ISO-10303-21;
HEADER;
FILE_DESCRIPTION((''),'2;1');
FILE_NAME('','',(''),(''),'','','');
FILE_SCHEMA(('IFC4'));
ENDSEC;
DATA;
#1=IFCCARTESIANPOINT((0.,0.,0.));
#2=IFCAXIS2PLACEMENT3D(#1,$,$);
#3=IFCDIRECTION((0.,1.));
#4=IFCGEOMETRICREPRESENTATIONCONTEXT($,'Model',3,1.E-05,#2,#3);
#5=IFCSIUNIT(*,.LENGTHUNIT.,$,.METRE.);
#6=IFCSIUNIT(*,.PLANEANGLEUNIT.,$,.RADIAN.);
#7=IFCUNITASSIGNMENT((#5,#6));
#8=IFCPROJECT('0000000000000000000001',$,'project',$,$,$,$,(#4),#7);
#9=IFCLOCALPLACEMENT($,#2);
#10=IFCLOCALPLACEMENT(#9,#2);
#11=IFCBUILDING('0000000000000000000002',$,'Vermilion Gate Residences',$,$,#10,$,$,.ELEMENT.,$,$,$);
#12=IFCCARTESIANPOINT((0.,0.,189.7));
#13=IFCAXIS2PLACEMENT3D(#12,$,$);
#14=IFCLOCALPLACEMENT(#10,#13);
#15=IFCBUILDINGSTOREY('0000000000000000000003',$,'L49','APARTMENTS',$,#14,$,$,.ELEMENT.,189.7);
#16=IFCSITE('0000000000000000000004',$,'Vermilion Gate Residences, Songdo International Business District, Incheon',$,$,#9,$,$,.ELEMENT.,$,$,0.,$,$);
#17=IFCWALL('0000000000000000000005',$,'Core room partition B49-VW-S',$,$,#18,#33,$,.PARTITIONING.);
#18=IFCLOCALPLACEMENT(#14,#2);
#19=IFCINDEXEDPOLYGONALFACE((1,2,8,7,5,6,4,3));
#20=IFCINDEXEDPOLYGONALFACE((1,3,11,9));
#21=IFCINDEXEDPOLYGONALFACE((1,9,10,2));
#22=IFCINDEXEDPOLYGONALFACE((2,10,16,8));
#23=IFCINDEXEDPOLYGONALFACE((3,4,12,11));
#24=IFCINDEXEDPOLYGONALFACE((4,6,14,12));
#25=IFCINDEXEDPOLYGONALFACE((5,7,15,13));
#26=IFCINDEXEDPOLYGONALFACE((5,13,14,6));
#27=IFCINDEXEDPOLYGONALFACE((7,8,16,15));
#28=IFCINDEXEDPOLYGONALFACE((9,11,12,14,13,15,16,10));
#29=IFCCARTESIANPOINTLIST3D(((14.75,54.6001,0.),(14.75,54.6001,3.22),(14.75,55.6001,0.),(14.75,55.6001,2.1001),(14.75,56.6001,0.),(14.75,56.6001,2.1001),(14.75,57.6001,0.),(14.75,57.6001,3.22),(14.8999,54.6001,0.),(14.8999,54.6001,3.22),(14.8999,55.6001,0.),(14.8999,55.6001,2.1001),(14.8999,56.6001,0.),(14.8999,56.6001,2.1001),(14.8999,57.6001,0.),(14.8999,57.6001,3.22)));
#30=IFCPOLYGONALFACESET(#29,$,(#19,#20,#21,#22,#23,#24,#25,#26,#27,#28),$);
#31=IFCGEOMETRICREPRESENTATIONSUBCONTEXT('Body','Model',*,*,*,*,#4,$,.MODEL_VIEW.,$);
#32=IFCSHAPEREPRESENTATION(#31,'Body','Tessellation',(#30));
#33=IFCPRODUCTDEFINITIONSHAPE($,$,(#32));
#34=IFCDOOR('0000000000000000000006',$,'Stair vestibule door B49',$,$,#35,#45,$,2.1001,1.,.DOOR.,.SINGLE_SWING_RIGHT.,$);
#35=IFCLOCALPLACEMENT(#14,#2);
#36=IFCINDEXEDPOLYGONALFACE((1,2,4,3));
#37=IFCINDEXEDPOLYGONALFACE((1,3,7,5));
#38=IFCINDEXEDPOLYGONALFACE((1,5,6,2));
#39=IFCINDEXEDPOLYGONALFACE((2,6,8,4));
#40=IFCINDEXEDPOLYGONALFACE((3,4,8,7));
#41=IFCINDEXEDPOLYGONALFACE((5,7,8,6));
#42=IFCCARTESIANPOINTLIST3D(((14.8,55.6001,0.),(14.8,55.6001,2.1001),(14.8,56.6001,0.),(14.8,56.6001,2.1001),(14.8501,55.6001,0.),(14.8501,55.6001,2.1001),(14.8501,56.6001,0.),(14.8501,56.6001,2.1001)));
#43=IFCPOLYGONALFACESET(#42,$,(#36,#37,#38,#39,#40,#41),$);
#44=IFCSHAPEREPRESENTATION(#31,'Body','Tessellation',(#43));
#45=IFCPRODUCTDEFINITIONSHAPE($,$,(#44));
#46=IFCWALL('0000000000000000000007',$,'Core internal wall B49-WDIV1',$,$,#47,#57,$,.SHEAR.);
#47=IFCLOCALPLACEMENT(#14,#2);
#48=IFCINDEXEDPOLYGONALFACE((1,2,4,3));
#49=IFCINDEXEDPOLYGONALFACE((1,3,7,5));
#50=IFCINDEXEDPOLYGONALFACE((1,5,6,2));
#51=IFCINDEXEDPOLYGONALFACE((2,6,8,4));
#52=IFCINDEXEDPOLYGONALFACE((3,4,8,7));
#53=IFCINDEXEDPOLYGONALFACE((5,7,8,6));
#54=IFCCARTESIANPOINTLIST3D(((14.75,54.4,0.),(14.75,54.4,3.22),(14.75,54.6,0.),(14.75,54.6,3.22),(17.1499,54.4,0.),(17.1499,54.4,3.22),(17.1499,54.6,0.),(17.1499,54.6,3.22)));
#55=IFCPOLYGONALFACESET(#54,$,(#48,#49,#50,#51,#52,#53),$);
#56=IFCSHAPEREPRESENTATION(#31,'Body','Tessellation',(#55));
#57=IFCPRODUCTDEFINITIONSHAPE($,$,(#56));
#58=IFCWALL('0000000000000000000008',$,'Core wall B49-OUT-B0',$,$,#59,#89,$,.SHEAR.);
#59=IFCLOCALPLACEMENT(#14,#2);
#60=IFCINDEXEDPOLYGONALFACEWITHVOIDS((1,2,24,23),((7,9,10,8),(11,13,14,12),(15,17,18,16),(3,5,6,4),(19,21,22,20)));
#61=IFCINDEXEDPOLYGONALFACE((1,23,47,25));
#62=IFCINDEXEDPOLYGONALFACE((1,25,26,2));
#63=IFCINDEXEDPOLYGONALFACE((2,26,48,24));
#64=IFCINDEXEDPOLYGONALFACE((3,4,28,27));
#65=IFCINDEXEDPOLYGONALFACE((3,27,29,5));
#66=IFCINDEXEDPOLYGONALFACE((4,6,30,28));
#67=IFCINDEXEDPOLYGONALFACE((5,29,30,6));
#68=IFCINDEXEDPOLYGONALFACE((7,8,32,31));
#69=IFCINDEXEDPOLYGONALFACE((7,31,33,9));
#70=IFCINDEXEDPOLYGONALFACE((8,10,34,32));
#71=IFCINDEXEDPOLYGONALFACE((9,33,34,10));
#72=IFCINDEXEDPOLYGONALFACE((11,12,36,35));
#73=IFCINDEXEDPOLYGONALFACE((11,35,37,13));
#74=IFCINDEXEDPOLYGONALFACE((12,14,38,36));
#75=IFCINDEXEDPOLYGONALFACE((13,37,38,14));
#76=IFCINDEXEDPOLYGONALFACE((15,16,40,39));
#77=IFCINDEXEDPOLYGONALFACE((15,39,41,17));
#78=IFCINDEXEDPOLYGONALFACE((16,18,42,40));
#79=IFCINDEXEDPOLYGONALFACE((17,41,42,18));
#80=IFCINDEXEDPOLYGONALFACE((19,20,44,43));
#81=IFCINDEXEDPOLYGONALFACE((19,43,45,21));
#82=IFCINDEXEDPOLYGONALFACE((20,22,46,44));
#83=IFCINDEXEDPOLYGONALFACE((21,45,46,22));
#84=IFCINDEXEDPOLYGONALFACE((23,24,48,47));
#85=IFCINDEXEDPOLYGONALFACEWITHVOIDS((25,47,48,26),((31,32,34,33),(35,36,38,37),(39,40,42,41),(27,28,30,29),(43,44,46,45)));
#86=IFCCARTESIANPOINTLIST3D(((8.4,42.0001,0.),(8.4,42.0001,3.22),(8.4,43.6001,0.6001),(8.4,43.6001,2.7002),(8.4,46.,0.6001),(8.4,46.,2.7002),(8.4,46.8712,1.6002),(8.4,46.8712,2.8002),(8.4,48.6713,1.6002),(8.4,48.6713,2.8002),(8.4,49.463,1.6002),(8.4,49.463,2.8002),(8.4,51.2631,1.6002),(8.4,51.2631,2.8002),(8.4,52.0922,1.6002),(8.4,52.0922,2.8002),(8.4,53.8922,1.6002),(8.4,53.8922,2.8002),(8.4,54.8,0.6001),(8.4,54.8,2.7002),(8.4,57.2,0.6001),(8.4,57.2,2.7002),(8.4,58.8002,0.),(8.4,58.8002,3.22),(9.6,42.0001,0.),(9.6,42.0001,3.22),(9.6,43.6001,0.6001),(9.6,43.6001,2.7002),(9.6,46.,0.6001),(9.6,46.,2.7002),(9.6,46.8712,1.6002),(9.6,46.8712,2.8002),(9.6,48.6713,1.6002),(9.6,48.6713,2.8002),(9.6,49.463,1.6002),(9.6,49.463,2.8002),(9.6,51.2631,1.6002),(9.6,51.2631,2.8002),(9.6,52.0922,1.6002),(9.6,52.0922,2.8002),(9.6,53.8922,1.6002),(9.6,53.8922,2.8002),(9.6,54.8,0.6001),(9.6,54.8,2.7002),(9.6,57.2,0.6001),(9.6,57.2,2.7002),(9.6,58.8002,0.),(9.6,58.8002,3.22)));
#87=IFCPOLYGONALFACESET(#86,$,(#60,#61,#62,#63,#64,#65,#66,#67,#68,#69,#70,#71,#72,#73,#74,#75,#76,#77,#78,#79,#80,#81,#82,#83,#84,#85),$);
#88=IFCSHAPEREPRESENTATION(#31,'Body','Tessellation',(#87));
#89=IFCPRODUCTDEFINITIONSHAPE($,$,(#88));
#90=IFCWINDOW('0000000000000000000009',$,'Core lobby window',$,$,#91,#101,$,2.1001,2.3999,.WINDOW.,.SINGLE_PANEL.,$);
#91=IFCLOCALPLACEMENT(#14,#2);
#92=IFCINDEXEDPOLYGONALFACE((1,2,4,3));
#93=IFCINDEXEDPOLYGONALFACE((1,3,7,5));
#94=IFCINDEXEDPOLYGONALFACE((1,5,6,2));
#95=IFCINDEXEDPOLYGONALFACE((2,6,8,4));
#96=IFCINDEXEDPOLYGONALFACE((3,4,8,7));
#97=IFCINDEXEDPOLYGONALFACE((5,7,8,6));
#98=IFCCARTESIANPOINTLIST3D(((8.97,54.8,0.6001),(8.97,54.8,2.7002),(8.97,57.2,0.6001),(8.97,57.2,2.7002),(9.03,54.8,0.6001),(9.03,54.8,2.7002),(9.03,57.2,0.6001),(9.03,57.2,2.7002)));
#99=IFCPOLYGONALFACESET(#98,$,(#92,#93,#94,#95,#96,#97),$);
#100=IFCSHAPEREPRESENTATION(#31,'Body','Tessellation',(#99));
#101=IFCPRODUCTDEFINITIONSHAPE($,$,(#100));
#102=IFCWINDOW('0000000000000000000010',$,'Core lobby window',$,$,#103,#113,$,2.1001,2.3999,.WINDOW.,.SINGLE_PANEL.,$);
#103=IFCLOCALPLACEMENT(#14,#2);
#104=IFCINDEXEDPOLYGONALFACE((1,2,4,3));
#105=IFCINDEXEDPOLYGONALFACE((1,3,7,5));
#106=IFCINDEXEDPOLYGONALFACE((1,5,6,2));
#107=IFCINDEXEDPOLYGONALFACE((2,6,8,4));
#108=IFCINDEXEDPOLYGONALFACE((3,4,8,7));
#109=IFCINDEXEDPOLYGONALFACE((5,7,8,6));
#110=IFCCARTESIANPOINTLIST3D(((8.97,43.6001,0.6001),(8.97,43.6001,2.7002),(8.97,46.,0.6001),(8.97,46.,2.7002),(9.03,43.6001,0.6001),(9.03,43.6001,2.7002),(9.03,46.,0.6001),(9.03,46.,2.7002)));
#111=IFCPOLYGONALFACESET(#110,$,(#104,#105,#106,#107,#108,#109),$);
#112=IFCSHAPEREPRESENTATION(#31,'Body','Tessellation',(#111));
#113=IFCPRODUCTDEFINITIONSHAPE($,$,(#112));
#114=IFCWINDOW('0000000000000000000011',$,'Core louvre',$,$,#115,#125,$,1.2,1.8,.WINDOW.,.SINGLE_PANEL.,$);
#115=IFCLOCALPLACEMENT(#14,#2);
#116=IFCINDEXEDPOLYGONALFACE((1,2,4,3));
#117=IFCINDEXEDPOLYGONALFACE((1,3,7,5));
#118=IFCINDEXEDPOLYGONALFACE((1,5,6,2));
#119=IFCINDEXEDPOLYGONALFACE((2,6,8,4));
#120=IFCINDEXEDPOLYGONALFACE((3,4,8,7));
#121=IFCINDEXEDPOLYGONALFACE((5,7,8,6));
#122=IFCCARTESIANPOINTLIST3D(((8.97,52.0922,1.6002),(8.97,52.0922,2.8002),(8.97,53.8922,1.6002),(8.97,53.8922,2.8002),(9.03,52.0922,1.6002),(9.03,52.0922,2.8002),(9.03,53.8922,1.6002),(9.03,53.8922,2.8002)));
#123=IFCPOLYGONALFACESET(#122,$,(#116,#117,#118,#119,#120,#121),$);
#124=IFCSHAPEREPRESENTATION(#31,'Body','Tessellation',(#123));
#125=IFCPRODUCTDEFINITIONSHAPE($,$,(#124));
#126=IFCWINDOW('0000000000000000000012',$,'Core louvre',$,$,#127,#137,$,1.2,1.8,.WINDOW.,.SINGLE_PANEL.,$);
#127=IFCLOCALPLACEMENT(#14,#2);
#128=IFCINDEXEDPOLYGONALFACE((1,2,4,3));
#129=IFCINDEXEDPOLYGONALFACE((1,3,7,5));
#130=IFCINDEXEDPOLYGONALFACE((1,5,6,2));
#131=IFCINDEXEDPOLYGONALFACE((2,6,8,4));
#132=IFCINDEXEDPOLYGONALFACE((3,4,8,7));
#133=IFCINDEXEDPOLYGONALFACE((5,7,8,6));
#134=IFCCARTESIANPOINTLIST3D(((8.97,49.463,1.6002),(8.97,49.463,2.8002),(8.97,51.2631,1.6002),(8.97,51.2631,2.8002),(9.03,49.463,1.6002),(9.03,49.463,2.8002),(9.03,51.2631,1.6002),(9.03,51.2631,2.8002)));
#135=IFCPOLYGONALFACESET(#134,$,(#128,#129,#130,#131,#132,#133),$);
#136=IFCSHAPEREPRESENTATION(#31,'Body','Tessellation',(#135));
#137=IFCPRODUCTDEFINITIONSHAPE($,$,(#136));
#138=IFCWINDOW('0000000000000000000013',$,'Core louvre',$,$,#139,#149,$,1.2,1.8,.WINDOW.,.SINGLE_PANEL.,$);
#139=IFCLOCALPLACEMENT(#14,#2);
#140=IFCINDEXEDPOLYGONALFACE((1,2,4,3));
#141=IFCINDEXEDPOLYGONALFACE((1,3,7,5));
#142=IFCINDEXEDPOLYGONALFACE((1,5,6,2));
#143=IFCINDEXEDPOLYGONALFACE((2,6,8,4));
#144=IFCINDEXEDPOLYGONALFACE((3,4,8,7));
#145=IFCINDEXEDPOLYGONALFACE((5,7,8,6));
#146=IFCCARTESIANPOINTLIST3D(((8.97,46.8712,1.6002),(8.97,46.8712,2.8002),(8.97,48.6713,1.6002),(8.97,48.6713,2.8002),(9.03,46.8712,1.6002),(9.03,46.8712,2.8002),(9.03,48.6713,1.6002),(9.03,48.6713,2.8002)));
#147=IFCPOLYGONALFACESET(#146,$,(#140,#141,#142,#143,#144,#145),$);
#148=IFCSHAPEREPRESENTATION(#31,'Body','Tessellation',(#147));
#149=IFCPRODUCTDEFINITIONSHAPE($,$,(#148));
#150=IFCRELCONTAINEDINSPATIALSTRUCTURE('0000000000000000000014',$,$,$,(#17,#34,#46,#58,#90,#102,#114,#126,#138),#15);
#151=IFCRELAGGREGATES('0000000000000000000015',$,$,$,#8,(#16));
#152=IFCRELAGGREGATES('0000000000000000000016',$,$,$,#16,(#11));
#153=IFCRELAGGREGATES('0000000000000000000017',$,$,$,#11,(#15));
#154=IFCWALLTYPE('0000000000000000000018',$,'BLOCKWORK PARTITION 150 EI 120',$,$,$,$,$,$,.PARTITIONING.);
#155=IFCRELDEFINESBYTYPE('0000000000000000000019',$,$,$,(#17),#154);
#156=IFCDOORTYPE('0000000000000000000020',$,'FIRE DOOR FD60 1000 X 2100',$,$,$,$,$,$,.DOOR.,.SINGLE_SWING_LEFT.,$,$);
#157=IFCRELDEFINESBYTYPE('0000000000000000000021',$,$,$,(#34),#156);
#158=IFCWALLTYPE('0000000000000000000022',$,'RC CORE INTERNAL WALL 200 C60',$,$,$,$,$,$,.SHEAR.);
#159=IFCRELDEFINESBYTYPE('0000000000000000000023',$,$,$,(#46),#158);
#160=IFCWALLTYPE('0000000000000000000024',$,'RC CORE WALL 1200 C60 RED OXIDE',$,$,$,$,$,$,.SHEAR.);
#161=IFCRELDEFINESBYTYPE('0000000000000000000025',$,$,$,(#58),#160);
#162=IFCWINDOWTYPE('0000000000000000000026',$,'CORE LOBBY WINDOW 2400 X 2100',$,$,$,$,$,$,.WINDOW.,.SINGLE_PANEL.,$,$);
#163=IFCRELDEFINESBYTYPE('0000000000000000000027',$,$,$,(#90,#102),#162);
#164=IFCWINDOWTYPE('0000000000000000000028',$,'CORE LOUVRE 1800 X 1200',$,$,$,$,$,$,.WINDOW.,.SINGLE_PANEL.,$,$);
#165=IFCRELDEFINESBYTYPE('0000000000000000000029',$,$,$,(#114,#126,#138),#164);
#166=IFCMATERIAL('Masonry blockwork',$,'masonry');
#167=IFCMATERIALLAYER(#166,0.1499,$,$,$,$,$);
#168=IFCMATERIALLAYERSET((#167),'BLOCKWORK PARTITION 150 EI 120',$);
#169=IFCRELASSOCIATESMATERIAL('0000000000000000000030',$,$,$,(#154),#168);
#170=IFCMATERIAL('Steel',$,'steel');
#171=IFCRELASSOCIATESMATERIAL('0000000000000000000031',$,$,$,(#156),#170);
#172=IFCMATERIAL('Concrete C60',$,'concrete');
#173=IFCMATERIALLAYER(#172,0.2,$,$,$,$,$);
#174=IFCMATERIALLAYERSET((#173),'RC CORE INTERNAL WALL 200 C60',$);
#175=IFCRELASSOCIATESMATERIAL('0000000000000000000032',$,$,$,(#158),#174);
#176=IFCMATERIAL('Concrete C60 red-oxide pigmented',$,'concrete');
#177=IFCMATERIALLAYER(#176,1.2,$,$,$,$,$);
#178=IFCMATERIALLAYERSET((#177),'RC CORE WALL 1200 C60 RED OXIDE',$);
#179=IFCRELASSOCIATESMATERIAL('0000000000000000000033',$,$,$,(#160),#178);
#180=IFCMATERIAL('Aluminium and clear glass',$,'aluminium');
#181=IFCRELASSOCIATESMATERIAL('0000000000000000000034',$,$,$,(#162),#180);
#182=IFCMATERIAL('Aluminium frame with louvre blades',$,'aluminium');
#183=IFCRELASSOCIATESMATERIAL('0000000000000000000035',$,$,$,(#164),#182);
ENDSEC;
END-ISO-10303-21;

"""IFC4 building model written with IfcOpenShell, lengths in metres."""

from ifc_helpers import new_model, si_unit, direction, frame, frame_2d, origin, place, context, subcontext, project, spatial, rectangle, extrude, material, layer, layer_set, type_object, element, fill, save


model = new_model("IFC4")

# Units and contexts
model_context = context("Model", 3, precision=1e-05, world=origin(), true_north=direction((0.0, 1.0)))
body_context = subcontext(model_context, "Body", "Model", "MODEL_VIEW")
ifc_project = project(units=[si_unit("LENGTHUNIT", "METRE"), si_unit("PLANEANGLEUNIT", "RADIAN")], contexts=[model_context])

# Site, building, storey
site_placement = place(None, origin())
site = spatial("IfcSite", under=ifc_project, at=site_placement, Name="Vermilion Gate Residences, Songdo International Business District, Incheon", CompositionType="ELEMENT", RefElevation=0.0)
building_placement = place(site_placement, origin())
building = spatial("IfcBuilding", under=site, at=building_placement, Name="Vermilion Gate Residences", CompositionType="ELEMENT")
storey_placement = place(building_placement, frame((0.0, 0.0, 189.7)))
storey = spatial("IfcBuildingStorey", under=building, at=storey_placement, Name="L49", Description="APARTMENTS", CompositionType="ELEMENT", Elevation=189.7)

# Wall, opening, door
ifc_material_1 = material(Name="Masonry blockwork", Category="masonry")
ifc_layer_1 = layer(ifc_material_1, 0.1499)
ifc_layer_set_1 = layer_set([ifc_layer_1], Name="BLOCKWORK PARTITION 150 EI 120")
wall_type_1 = type_object("IfcWallType", Name="BLOCKWORK PARTITION 150 EI 120", PredefinedType="PARTITIONING", material=ifc_layer_set_1)
wall_1_placement = place(storey_placement, frame((14.825, 57.6001, 0.0), z_axis=(0.0, 0.0, 1.0), x_axis=(0.0, -1.0, 0.0)))
wall_1 = element("IfcWall", 1, at=wall_1_placement, inside=storey, type_object=wall_type_1, Name="Core room partition B49-VW-S", PredefinedType="PARTITIONING", context=body_context, shape_type="SweptSolid", body=[
    extrude(rectangle(XDim=3.0, YDim=0.1499, at=frame_2d((1.5, 0.0))), origin(), (0.0, 0.0, 1.0), 3.22),
])
opening_1_placement = place(wall_1_placement, frame((1.0, 0.0, 0.0)))
opening_1 = element("IfcOpeningElement", 2, at=opening_1_placement, cuts=wall_1, PredefinedType="OPENING", context=body_context, shape_type="SweptSolid", body=[
    extrude(rectangle(XDim=1.0, YDim=2.1001, at=frame_2d((0.5, 1.05))), frame((0.0, 0.085, 0.0), z_axis=(0.0, -1.0, 0.0), x_axis=(1.0, 0.0, 0.0)), (0.0, 0.0, 1.0), 0.1699),
])
ifc_material_2 = material(Name="Steel", Category="steel")
door_type = type_object("IfcDoorType", Name="FIRE DOOR FD60 1000 X 2100", OperationType="SINGLE_SWING_LEFT", PredefinedType="DOOR", material=ifc_material_2)
door_placement = place(opening_1_placement, frame((1.0, 0.0, 0.0), z_axis=(0.0, 0.0, 1.0), x_axis=(-1.0, 0.0, 0.0)))
door = element("IfcDoor", 3, at=door_placement, inside=storey, type_object=door_type, Name="Stair vestibule door B49", OperationType="SINGLE_SWING_RIGHT", OverallHeight=2.1001, OverallWidth=1.0, PredefinedType="DOOR", context=body_context, shape_type="SweptSolid", body=[
    extrude(rectangle(XDim=1.0, YDim=2.1001, at=frame_2d((0.5, 1.05))), frame((0.0, 0.0249, 0.0), z_axis=(0.0, -1.0, 0.0), x_axis=(1.0, 0.0, 0.0)), (0.0, 0.0, 1.0), 0.05),
])
fill(opening_1, door)

# Wall
ifc_material_3 = material(Name="Concrete C60", Category="concrete")
ifc_layer_2 = layer(ifc_material_3, 0.2)
ifc_layer_set_2 = layer_set([ifc_layer_2], Name="RC CORE INTERNAL WALL 200 C60")
wall_type_2 = type_object("IfcWallType", Name="RC CORE INTERNAL WALL 200 C60", PredefinedType="SHEAR", material=ifc_layer_set_2)
wall_2_placement = place(storey_placement, frame((14.75, 54.5, 0.0), z_axis=(0.0, 0.0, 1.0), x_axis=(1.0, 0.0, 0.0)))
element("IfcWall", 4, at=wall_2_placement, inside=storey, type_object=wall_type_2, Name="Core internal wall B49-WDIV1", PredefinedType="SHEAR", context=body_context, shape_type="SweptSolid", body=[
    extrude(rectangle(XDim=2.3999, YDim=0.2, at=frame_2d((1.2, 0.0))), origin(), (0.0, 0.0, 1.0), 3.22),
])

# Wall, openings, windows
ifc_material_4 = material(Name="Concrete C60 red-oxide pigmented", Category="concrete")
ifc_layer_3 = layer(ifc_material_4, 1.2)
ifc_layer_set_3 = layer_set([ifc_layer_3], Name="RC CORE WALL 1200 C60 RED OXIDE")
wall_type_3 = type_object("IfcWallType", Name="RC CORE WALL 1200 C60 RED OXIDE", PredefinedType="SHEAR", material=ifc_layer_set_3)
wall_3_placement = place(storey_placement, frame((9.0, 58.8, 0.0), z_axis=(0.0, 0.0, 1.0), x_axis=(0.0, -1.0, 0.0)))
wall_3 = element("IfcWall", 5, at=wall_3_placement, inside=storey, type_object=wall_type_3, Name="Core wall B49-OUT-B0", PredefinedType="SHEAR", context=body_context, shape_type="SweptSolid", body=[
    extrude(rectangle(XDim=16.8, YDim=1.2, at=frame_2d((8.3999, 0.0))), origin(), (0.0, 0.0, 1.0), 3.22),
])
opening_2_placement = place(wall_3_placement, frame((1.6001, 0.0, 0.6001)))
opening_2 = element("IfcOpeningElement", 6, at=opening_2_placement, cuts=wall_3, PredefinedType="OPENING", context=body_context, shape_type="SweptSolid", body=[
    extrude(rectangle(XDim=2.3999, YDim=2.1001, at=frame_2d((1.2, 1.05))), frame((0.0, 0.6099, 0.0), z_axis=(0.0, -1.0, 0.0), x_axis=(1.0, 0.0, 0.0)), (0.0, 0.0, 1.0), 1.22),
])
opening_3_placement = place(wall_3_placement, frame((4.908, 0.0, 1.6001)))
opening_3 = element("IfcOpeningElement", 7, at=opening_3_placement, cuts=wall_3, PredefinedType="OPENING", context=body_context, shape_type="SweptSolid", body=[
    extrude(rectangle(XDim=1.8, YDim=1.2, at=frame_2d((0.8999, 0.6001))), frame((0.0, 0.6099, 0.0), z_axis=(0.0, -1.0, 0.0), x_axis=(1.0, 0.0, 0.0)), (0.0, 0.0, 1.0), 1.22),
])
opening_4_placement = place(wall_3_placement, frame((7.5371, 0.0, 1.6001)))
opening_4 = element("IfcOpeningElement", 8, at=opening_4_placement, cuts=wall_3, PredefinedType="OPENING", context=body_context, shape_type="SweptSolid", body=[
    extrude(rectangle(XDim=1.8, YDim=1.2, at=frame_2d((0.8999, 0.6001))), frame((0.0, 0.6099, 0.0), z_axis=(0.0, -1.0, 0.0), x_axis=(1.0, 0.0, 0.0)), (0.0, 0.0, 1.0), 1.22),
])
opening_5_placement = place(wall_3_placement, frame((10.1289, 0.0, 1.6001)))
opening_5 = element("IfcOpeningElement", 9, at=opening_5_placement, cuts=wall_3, PredefinedType="OPENING", context=body_context, shape_type="SweptSolid", body=[
    extrude(rectangle(XDim=1.8, YDim=1.2, at=frame_2d((0.8999, 0.6001))), frame((0.0, 0.6099, 0.0), z_axis=(0.0, -1.0, 0.0), x_axis=(1.0, 0.0, 0.0)), (0.0, 0.0, 1.0), 1.22),
])
opening_6_placement = place(wall_3_placement, frame((12.8, 0.0, 0.6001)))
opening_6 = element("IfcOpeningElement", 10, at=opening_6_placement, cuts=wall_3, PredefinedType="OPENING", context=body_context, shape_type="SweptSolid", body=[
    extrude(rectangle(XDim=2.3999, YDim=2.1001, at=frame_2d((1.2, 1.05))), frame((0.0, 0.6099, 0.0), z_axis=(0.0, -1.0, 0.0), x_axis=(1.0, 0.0, 0.0)), (0.0, 0.0, 1.0), 1.22),
])
ifc_material_5 = material(Name="Aluminium and clear glass", Category="aluminium")
window_type_1 = type_object("IfcWindowType", Name="CORE LOBBY WINDOW 2400 X 2100", PartitioningType="SINGLE_PANEL", PredefinedType="WINDOW", material=ifc_material_5)
window_1_placement = place(opening_2_placement, origin())
window_1 = element("IfcWindow", 11, at=window_1_placement, inside=storey, type_object=window_type_1, Name="Core lobby window", OverallHeight=2.1001, OverallWidth=2.3999, PartitioningType="SINGLE_PANEL", PredefinedType="WINDOW", context=body_context, shape_type="SweptSolid", body=[
    extrude(rectangle(XDim=2.3999, YDim=2.1001, at=frame_2d((1.2, 1.05))), frame((0.0, 0.03, 0.0), z_axis=(0.0, -1.0, 0.0), x_axis=(1.0, 0.0, 0.0)), (0.0, 0.0, 1.0), 0.0601),
])
fill(opening_2, window_1)
window_2_placement = place(opening_6_placement, origin())
window_2 = element("IfcWindow", 12, at=window_2_placement, inside=storey, type_object=window_type_1, Name="Core lobby window", OverallHeight=2.1001, OverallWidth=2.3999, PartitioningType="SINGLE_PANEL", PredefinedType="WINDOW", context=body_context, shape_type="SweptSolid", body=[
    extrude(rectangle(XDim=2.3999, YDim=2.1001, at=frame_2d((1.2, 1.05))), frame((0.0, 0.03, 0.0), z_axis=(0.0, -1.0, 0.0), x_axis=(1.0, 0.0, 0.0)), (0.0, 0.0, 1.0), 0.0601),
])
fill(opening_6, window_2)
ifc_material_6 = material(Name="Aluminium frame with louvre blades", Category="aluminium")
window_type_2 = type_object("IfcWindowType", Name="CORE LOUVRE 1800 X 1200", PartitioningType="SINGLE_PANEL", PredefinedType="WINDOW", material=ifc_material_6)
window_3_placement = place(opening_3_placement, origin())
window_3 = element("IfcWindow", 13, at=window_3_placement, inside=storey, type_object=window_type_2, Name="Core louvre", OverallHeight=1.2, OverallWidth=1.8, PartitioningType="SINGLE_PANEL", PredefinedType="WINDOW", context=body_context, shape_type="SweptSolid", body=[
    extrude(rectangle(XDim=1.8, YDim=1.2, at=frame_2d((0.8999, 0.6001))), frame((0.0, 0.03, 0.0), z_axis=(0.0, -1.0, 0.0), x_axis=(1.0, 0.0, 0.0)), (0.0, 0.0, 1.0), 0.0601),
])
fill(opening_3, window_3)
window_4_placement = place(opening_4_placement, origin())
window_4 = element("IfcWindow", 14, at=window_4_placement, inside=storey, type_object=window_type_2, Name="Core louvre", OverallHeight=1.2, OverallWidth=1.8, PartitioningType="SINGLE_PANEL", PredefinedType="WINDOW", context=body_context, shape_type="SweptSolid", body=[
    extrude(rectangle(XDim=1.8, YDim=1.2, at=frame_2d((0.8999, 0.6001))), frame((0.0, 0.03, 0.0), z_axis=(0.0, -1.0, 0.0), x_axis=(1.0, 0.0, 0.0)), (0.0, 0.0, 1.0), 0.0601),
])
fill(opening_4, window_4)
window_5_placement = place(opening_5_placement, origin())
window_5 = element("IfcWindow", 15, at=window_5_placement, inside=storey, type_object=window_type_2, Name="Core louvre", OverallHeight=1.2, OverallWidth=1.8, PartitioningType="SINGLE_PANEL", PredefinedType="WINDOW", context=body_context, shape_type="SweptSolid", body=[
    extrude(rectangle(XDim=1.8, YDim=1.2, at=frame_2d((0.8999, 0.6001))), frame((0.0, 0.03, 0.0), z_axis=(0.0, -1.0, 0.0), x_axis=(1.0, 0.0, 0.0)), (0.0, 0.0, 1.0), 0.0601),
])
fill(opening_5, window_5)

save(model, "model.ifc")
